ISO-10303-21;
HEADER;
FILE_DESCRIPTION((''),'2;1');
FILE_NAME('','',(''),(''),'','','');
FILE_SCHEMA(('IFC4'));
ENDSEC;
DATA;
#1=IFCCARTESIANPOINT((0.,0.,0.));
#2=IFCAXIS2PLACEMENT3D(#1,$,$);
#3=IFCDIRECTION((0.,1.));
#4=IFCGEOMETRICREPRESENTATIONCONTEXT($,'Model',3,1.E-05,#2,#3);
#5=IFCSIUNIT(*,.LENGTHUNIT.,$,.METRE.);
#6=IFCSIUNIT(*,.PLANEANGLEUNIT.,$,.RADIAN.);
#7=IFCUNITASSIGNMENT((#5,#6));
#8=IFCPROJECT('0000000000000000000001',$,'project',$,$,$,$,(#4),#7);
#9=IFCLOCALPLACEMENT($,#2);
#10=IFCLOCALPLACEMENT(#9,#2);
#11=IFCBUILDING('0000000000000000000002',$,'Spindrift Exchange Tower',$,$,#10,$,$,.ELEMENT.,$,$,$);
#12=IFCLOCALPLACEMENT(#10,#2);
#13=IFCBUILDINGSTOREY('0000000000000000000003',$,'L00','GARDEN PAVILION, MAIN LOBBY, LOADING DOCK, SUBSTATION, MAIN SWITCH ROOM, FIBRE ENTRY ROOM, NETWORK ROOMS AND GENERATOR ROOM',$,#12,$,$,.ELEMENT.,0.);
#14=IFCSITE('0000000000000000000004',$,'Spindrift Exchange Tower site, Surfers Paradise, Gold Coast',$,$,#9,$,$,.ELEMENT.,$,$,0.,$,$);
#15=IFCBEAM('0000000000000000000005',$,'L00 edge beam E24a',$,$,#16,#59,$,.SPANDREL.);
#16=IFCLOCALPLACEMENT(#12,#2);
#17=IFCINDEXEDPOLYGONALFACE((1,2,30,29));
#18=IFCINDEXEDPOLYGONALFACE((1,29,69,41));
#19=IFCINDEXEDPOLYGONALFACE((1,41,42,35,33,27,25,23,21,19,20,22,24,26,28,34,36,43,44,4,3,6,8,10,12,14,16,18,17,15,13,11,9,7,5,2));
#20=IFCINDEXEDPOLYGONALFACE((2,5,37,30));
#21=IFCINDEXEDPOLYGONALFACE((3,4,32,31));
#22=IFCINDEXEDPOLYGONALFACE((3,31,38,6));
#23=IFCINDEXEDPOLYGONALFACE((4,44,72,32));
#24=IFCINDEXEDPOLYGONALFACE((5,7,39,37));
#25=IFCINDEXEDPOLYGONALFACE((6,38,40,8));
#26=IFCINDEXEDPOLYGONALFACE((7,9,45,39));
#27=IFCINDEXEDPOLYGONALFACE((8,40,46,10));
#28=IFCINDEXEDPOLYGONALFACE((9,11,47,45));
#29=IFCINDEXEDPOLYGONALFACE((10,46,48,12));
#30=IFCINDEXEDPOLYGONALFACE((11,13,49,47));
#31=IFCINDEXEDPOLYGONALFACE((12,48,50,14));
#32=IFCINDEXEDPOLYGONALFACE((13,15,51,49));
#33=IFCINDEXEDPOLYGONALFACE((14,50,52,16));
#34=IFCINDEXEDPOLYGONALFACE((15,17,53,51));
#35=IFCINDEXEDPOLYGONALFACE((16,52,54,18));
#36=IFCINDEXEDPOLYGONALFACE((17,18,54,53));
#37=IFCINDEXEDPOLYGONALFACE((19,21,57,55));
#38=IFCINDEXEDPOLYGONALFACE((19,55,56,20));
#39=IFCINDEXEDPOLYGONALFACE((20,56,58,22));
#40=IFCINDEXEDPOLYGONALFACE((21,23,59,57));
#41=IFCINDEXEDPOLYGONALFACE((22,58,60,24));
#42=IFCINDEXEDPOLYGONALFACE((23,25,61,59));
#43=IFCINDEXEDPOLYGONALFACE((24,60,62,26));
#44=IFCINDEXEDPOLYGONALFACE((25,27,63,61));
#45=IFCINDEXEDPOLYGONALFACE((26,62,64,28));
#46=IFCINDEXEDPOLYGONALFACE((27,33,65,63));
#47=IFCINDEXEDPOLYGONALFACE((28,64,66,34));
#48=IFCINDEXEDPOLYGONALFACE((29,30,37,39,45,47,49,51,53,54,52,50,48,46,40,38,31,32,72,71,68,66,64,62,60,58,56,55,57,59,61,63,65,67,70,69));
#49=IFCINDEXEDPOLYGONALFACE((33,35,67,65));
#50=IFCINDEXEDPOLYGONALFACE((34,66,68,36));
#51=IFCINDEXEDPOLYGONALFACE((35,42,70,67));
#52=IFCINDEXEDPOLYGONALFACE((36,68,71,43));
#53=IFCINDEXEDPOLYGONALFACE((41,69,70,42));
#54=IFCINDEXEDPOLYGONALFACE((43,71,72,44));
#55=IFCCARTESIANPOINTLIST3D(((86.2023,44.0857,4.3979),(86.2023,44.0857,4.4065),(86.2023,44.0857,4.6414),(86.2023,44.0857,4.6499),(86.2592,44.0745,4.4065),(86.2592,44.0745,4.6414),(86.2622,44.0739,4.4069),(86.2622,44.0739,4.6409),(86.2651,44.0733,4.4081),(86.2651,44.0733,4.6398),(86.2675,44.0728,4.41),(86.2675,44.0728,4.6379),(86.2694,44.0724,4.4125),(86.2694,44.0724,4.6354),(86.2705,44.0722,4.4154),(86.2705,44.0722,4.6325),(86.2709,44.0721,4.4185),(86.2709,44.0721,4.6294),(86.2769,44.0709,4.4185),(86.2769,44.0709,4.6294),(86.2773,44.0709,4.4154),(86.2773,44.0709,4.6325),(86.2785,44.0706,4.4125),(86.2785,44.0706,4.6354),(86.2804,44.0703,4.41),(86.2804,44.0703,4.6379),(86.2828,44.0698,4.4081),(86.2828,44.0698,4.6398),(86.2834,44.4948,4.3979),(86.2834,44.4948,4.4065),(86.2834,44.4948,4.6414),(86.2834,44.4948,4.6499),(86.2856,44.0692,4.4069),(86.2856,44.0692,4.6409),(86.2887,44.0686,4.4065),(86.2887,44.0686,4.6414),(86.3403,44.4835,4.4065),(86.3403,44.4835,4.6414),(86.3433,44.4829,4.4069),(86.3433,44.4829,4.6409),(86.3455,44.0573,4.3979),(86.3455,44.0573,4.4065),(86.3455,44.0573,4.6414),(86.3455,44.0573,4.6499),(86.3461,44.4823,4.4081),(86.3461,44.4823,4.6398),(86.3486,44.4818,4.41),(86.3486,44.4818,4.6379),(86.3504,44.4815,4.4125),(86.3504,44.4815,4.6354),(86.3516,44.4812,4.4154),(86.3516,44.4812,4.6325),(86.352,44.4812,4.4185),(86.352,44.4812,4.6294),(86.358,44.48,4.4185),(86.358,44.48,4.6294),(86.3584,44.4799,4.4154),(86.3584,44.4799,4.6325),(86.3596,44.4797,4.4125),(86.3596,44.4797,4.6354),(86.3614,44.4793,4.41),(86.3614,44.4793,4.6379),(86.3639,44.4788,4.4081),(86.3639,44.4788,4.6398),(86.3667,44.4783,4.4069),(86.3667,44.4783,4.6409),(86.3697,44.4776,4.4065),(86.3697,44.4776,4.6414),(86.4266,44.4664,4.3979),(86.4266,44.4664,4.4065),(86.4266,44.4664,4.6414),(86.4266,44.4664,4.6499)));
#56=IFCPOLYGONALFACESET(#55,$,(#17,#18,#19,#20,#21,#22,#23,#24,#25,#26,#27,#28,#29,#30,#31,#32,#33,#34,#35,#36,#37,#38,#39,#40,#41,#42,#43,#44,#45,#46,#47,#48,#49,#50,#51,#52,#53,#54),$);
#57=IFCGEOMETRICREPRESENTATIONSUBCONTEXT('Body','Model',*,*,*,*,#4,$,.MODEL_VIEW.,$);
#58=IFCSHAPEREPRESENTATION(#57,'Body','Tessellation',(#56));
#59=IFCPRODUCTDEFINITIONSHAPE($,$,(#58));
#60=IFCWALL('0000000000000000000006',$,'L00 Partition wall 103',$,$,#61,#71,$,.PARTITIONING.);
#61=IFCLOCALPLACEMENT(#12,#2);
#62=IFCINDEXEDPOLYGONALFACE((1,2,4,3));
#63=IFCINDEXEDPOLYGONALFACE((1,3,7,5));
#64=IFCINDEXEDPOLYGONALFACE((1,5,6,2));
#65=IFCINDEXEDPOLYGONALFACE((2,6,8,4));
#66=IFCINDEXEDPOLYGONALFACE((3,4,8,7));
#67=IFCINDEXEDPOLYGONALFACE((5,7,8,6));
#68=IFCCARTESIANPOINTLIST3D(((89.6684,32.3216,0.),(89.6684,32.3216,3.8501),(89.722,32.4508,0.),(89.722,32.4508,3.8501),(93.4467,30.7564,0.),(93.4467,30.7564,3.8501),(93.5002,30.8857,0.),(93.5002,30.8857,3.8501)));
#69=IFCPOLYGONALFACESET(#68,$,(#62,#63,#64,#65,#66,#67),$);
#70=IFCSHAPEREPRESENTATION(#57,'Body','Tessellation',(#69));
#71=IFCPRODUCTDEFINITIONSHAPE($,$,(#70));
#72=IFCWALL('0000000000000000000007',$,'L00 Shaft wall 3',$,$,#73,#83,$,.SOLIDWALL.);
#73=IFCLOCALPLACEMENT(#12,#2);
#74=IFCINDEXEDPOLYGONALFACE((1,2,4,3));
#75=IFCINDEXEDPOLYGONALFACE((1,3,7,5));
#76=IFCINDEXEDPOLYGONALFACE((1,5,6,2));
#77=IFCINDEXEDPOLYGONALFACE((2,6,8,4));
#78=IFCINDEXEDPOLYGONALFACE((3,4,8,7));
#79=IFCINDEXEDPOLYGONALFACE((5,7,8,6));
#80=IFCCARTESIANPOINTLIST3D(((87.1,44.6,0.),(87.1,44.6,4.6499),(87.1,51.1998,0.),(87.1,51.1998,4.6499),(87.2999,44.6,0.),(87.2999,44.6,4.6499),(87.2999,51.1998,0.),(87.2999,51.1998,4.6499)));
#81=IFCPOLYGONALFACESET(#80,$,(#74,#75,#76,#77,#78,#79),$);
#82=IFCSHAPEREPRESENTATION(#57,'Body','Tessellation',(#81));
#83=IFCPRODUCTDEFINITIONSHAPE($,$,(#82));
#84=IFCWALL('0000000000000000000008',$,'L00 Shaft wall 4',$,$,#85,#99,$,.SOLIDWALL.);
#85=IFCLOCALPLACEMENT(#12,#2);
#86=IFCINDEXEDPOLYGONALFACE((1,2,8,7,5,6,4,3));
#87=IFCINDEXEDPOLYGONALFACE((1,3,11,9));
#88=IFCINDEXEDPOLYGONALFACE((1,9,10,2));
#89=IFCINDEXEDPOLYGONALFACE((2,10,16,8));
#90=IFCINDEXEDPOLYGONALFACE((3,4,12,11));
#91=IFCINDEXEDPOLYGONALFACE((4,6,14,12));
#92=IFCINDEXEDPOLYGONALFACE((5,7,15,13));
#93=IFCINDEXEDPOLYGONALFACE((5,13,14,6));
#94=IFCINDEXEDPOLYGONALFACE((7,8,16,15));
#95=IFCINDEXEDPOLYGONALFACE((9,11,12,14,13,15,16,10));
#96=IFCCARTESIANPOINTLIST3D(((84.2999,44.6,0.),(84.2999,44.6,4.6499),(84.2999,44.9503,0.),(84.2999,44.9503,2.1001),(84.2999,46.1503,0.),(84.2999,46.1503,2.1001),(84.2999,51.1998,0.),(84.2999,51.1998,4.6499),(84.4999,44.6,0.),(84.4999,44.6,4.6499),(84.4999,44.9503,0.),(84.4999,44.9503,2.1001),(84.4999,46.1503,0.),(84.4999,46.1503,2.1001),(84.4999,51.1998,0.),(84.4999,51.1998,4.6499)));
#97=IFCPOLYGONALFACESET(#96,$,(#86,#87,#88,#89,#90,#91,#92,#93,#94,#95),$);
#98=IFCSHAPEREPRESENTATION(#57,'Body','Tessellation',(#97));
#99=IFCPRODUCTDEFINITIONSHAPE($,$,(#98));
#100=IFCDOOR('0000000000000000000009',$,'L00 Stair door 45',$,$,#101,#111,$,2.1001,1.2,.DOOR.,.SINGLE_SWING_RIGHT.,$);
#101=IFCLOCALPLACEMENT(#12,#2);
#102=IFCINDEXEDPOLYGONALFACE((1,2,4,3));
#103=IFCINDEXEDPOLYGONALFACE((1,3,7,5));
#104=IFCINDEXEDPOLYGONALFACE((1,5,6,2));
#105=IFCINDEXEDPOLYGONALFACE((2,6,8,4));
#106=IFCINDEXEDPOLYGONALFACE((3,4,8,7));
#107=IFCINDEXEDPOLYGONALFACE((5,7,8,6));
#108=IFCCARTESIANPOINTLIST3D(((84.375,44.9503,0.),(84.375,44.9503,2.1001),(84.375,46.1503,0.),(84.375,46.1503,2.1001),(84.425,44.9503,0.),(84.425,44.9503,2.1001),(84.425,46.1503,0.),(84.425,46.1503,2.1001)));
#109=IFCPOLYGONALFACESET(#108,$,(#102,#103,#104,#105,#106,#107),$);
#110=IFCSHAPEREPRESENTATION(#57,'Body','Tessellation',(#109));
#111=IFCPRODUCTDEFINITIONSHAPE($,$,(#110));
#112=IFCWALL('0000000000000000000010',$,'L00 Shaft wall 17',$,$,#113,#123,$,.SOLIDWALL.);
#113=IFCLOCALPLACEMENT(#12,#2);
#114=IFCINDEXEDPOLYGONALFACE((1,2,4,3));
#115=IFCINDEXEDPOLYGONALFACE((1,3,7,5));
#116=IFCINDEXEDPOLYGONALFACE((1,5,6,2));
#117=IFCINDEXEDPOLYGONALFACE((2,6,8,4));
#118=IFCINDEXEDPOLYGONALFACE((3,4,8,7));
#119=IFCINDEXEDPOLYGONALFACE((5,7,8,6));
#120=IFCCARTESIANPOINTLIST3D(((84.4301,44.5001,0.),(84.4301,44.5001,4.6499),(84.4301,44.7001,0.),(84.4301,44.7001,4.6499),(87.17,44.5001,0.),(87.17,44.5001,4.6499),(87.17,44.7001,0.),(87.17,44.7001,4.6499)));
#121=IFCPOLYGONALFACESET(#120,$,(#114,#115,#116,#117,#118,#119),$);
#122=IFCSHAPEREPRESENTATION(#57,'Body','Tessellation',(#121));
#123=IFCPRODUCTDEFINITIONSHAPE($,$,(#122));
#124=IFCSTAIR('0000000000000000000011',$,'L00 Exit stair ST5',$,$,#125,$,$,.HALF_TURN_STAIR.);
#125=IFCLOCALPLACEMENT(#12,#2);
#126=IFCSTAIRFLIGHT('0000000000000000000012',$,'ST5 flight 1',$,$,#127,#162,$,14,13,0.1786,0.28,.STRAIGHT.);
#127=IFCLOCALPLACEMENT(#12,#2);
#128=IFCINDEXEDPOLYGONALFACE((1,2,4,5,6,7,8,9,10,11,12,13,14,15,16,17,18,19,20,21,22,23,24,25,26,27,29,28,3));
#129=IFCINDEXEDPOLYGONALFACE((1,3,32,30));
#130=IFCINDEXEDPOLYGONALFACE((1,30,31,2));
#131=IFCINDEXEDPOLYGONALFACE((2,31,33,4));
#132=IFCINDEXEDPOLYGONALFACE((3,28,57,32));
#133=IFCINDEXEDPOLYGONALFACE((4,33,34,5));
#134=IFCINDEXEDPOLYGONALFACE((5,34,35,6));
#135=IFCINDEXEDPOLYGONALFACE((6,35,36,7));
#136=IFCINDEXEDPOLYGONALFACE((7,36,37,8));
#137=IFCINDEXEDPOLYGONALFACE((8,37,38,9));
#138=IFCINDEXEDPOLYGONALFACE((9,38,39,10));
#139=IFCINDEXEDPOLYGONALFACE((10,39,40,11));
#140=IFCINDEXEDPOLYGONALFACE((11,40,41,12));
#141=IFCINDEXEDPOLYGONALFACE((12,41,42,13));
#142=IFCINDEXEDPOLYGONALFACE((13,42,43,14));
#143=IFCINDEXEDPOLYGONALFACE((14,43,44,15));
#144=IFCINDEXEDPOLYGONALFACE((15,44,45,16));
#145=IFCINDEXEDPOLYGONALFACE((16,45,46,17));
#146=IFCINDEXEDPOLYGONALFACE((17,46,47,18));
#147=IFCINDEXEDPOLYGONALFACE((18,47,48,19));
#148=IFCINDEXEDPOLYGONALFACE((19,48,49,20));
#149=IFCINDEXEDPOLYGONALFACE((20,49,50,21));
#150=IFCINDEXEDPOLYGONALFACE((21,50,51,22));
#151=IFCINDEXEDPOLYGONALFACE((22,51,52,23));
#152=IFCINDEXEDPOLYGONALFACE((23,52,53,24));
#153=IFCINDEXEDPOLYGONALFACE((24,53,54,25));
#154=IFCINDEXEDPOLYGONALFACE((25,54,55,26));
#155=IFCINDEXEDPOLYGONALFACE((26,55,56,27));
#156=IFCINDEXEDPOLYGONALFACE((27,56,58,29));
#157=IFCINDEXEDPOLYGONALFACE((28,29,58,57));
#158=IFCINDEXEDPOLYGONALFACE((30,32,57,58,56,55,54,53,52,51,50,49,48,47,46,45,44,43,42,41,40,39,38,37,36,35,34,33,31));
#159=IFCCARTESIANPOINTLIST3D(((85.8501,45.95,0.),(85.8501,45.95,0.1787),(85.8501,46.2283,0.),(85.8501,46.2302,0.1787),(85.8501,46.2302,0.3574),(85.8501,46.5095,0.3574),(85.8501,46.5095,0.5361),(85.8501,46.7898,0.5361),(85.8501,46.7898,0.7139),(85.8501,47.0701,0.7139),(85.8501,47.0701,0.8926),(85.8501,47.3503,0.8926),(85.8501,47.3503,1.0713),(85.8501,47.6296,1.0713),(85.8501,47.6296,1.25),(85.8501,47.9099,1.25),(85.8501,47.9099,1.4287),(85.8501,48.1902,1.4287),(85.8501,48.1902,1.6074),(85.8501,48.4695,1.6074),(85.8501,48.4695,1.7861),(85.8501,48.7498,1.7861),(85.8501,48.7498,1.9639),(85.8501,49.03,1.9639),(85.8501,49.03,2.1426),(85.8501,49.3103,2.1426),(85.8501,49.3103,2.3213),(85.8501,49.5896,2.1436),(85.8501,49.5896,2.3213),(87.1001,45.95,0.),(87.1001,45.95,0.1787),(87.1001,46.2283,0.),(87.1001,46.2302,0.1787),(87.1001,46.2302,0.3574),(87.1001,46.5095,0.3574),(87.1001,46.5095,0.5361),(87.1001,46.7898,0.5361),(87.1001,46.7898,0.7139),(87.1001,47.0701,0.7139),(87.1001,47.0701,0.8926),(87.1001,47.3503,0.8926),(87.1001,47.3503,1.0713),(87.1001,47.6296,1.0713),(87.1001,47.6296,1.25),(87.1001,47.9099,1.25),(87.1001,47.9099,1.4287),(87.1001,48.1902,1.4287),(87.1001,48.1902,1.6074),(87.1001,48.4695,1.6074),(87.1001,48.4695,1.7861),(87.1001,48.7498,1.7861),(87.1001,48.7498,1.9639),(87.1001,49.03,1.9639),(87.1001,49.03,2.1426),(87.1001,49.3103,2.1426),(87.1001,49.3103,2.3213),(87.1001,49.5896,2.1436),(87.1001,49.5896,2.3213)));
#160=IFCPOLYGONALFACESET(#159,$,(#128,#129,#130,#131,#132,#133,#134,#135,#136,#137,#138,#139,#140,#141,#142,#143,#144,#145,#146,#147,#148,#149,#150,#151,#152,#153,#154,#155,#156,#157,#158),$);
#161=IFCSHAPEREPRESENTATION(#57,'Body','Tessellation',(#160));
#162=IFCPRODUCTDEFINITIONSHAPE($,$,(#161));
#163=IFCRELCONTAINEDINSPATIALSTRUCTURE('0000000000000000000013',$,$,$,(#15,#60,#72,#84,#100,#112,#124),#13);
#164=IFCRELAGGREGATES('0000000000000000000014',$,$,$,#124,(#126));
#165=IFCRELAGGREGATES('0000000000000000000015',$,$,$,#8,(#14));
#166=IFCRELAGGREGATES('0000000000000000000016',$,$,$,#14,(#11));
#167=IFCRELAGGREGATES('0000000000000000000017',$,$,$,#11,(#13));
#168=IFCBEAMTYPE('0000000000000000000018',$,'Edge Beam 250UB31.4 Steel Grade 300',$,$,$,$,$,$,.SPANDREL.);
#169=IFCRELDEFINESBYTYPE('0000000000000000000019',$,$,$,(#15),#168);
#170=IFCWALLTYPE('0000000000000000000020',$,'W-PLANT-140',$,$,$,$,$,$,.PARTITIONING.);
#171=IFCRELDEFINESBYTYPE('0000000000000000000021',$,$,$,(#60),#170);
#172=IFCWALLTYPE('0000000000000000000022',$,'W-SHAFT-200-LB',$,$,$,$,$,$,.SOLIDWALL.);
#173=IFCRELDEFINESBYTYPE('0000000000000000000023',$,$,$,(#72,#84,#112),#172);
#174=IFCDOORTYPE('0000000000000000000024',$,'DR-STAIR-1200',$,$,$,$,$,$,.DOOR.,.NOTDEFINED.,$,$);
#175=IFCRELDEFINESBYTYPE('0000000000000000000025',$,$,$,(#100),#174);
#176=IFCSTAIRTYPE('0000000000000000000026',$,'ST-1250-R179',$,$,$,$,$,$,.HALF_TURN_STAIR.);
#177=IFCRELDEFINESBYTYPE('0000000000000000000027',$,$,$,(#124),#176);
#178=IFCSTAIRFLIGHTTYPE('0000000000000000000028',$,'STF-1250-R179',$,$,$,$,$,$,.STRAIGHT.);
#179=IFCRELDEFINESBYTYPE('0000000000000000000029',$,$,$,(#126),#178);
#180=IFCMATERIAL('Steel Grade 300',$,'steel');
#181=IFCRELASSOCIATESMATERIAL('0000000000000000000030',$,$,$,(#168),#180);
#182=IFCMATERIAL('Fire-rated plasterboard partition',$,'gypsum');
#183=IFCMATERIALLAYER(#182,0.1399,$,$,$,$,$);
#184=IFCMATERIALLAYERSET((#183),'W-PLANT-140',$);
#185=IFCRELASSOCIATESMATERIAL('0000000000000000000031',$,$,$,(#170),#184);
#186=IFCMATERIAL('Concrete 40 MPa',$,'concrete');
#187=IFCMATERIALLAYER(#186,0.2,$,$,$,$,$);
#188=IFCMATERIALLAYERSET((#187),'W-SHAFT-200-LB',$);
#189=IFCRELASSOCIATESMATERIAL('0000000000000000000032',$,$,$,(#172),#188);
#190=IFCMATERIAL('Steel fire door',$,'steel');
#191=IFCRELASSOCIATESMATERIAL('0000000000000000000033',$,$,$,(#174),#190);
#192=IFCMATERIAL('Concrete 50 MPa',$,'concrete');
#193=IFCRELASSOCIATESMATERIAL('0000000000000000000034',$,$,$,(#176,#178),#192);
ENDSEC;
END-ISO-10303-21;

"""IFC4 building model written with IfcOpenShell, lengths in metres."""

from ifc_helpers import new_model, si_unit, direction, frame, frame_2d, origin, origin_2d, place, context, subcontext, project, spatial, line, indexed_curve, rectangle, i_section, outline, extrude, source, transform, mapped, material, layer, layer_set, material_profile, profile_set, type_object, element, fill, aggregate, save


model = new_model("IFC4")

# Units and contexts
model_context = context("Model", 3, precision=1e-05, world=origin(), true_north=direction((0.0, 1.0)))
body_context = subcontext(model_context, "Body", "Model", "MODEL_VIEW")
ifc_project = project(units=[si_unit("LENGTHUNIT", "METRE"), si_unit("PLANEANGLEUNIT", "RADIAN")], contexts=[model_context])

# Site, building, storey
site_placement = place(None, origin())
site = spatial("IfcSite", under=ifc_project, at=site_placement, Name="Spindrift Exchange Tower site, Surfers Paradise, Gold Coast", CompositionType="ELEMENT", RefElevation=0.0)
building_placement = place(site_placement, origin())
building = spatial("IfcBuilding", under=site, at=building_placement, Name="Spindrift Exchange Tower", CompositionType="ELEMENT")
storey_placement = place(building_placement, origin())
storey = spatial("IfcBuildingStorey", under=building, at=storey_placement, Name="L00", Description="GARDEN PAVILION, MAIN LOBBY, LOADING DOCK, SUBSTATION, MAIN SWITCH ROOM, FIBRE ENTRY ROOM, NETWORK ROOMS AND GENERATOR ROOM", CompositionType="ELEMENT", Elevation=0.0)

# Shared definitions
ifc_material_1 = material(Name="Concrete 40 MPa", Category="concrete")

# Shared definitions
ifc_material_2 = material(Name="Concrete 50 MPa", Category="concrete")

# Beam
ifc_material_3 = material(Name="Steel Grade 300", Category="steel")
ifc_material_profile_1 = material_profile(ifc_material_3, i_section(OverallWidth=0.146, OverallDepth=0.252, WebThickness=0.0061, FlangeThickness=0.0085, FilletRadius=0.012, at=origin_2d()), Name="250UB31.4")
ifc_profile_set_1 = profile_set([ifc_material_profile_1], Name="Steel Grade 300")
beam_type_1 = type_object("IfcBeamType", Name="Edge Beam 250UB31.4 Steel Grade 300", PredefinedType="SPANDREL", material=ifc_profile_set_1)
shared_shape_1 = source(origin(), body_context, "Body", "SweptSolid", [
    extrude(i_section(OverallWidth=0.146, OverallDepth=0.252, WebThickness=0.0061, FlangeThickness=0.0085, FilletRadius=0.012, at=origin_2d()), origin(), (0.0, 0.0, 1.0), 0.417),
])
beam_1_placement = place(storey_placement, frame((86.2739, 44.0715, 4.5239), z_axis=(0.194427, 0.980917, 0.0), x_axis=(-0.980917, 0.194427, 0.0)))
element("IfcBeam", 1, at=beam_1_placement, inside=storey, type_object=beam_type_1, Name="L00 edge beam E24a", PredefinedType="SPANDREL", context=body_context, shape_type="MappedRepresentation", body=[
    mapped(shared_shape_1, transform((0.0, 0.0, 0.0), scale=1.0)),
])

# Walls
ifc_material_4 = material(Name="Fire-rated plasterboard partition", Category="gypsum")
ifc_layer_1 = layer(ifc_material_4, 0.1399)
ifc_layer_set_1 = layer_set([ifc_layer_1], Name="W-PLANT-140")
wall_type_1 = type_object("IfcWallType", Name="W-PLANT-140", PredefinedType="PARTITIONING", material=ifc_layer_set_1)
wall_1_placement = place(storey_placement, frame((89.6951, 32.3862, 0.0), z_axis=(0.0, 0.0, 1.0), x_axis=(0.923866, -0.382716, 0.0)))
element("IfcWall", 2, at=wall_1_placement, inside=storey, type_object=wall_type_1, Name="L00 Partition wall 103", PredefinedType="PARTITIONING", context=body_context, shape_type="SweptSolid", body=[
    extrude(rectangle(XDim=4.0896, YDim=0.1399, at=frame_2d((2.0449, 0.0))), origin(), (0.0, 0.0, 1.0), 3.8501),
])
ifc_layer_2 = layer(ifc_material_1, 0.2)
ifc_layer_set_2 = layer_set([ifc_layer_2], Name="W-SHAFT-200-LB")
wall_type_2 = type_object("IfcWallType", Name="W-SHAFT-200-LB", PredefinedType="SOLIDWALL", material=ifc_layer_set_2)
wall_2_placement = place(storey_placement, frame((87.2, 44.6001, 0.0), z_axis=(0.0, 0.0, 1.0), x_axis=(0.0, 1.0, 0.0)))
element("IfcWall", 3, at=wall_2_placement, inside=storey, type_object=wall_type_2, Name="L00 Shaft wall 3", PredefinedType="SOLIDWALL", context=body_context, shape_type="SweptSolid", body=[
    extrude(rectangle(XDim=6.5999, YDim=0.2, at=frame_2d((3.2998, 0.0))), origin(), (0.0, 0.0, 1.0), 4.6499),
])

# Wall, opening, door
wall_3_placement = place(storey_placement, frame((84.3999, 44.6001, 0.0), z_axis=(0.0, 0.0, 1.0), x_axis=(0.0, 1.0, 0.0)))
wall_3 = element("IfcWall", 4, at=wall_3_placement, inside=storey, type_object=wall_type_2, Name="L00 Shaft wall 4", PredefinedType="SOLIDWALL", context=body_context, shape_type="SweptSolid", body=[
    extrude(rectangle(XDim=6.5999, YDim=0.2, at=frame_2d((3.2998, 0.0))), origin(), (0.0, 0.0, 1.0), 4.6499),
])
opening_placement = place(wall_3_placement, frame((0.3501, 0.0, 0.0)))
opening = element("IfcOpeningElement", 5, at=opening_placement, cuts=wall_3, PredefinedType="OPENING", context=body_context, shape_type="SweptSolid", body=[
    extrude(rectangle(XDim=1.2, YDim=2.1001, at=frame_2d((0.6001, 1.05))), frame((0.0, 0.1099, 0.0), z_axis=(0.0, -1.0, 0.0), x_axis=(1.0, 0.0, 0.0)), (0.0, 0.0, 1.0), 0.22),
])
ifc_material_5 = material(Name="Steel fire door", Category="steel")
door_type = type_object("IfcDoorType", Name="DR-STAIR-1200", OperationType="NOTDEFINED", PredefinedType="DOOR", material=ifc_material_5)
shared_shape_2 = source(origin(), body_context, "Body", "SweptSolid", [
    extrude(rectangle(XDim=1.2, YDim=2.1001, at=frame_2d((0.6001, 1.05))), frame((0.0, 0.0249, 0.0), z_axis=(0.0, -1.0, 0.0), x_axis=(1.0, 0.0, 0.0)), (0.0, 0.0, 1.0), 0.05),
])
door_placement = place(opening_placement, origin())
door = element("IfcDoor", 6, at=door_placement, inside=storey, type_object=door_type, Name="L00 Stair door 45", OperationType="SINGLE_SWING_RIGHT", OverallHeight=2.1001, OverallWidth=1.2, PredefinedType="DOOR", context=body_context, shape_type="MappedRepresentation", body=[
    mapped(shared_shape_2, transform((0.0, 0.0, 0.0), scale=1.0)),
])
fill(opening, door)

# Wall
wall_4_placement = place(storey_placement, frame((84.4299, 44.6001, 0.0), z_axis=(0.0, 0.0, 1.0), x_axis=(1.0, 0.0, 0.0)))
element("IfcWall", 7, at=wall_4_placement, inside=storey, type_object=wall_type_2, Name="L00 Shaft wall 17", PredefinedType="SOLIDWALL", context=body_context, shape_type="SweptSolid", body=[
    extrude(rectangle(XDim=2.74, YDim=0.2, at=frame_2d((1.3701, 0.0))), origin(), (0.0, 0.0, 1.0), 4.6499),
])

# Stair, stair flight
stair_type = type_object("IfcStairType", Name="ST-1250-R179", PredefinedType="HALF_TURN_STAIR", material=ifc_material_2)
stair_placement = place(storey_placement, origin())
stair = element("IfcStair", 8, at=stair_placement, inside=storey, type_object=stair_type, Name="L00 Exit stair ST5", PredefinedType="HALF_TURN_STAIR")
stair_flight_type = type_object("IfcStairFlightType", Name="STF-1250-R179", PredefinedType="STRAIGHT", material=ifc_material_2)
stair_flight_placement = place(storey_placement, frame((86.4751, 45.95, 0.0), z_axis=(0.0, 0.0, 1.0), x_axis=(0.0, 1.0, 0.0)))
stair_flight = element("IfcStairFlight", 9, at=stair_flight_placement, type_object=stair_flight_type, Name="ST5 flight 1", NumberOfRisers=14, NumberOfTreads=13, PredefinedType="STRAIGHT", RiserHeight=0.1786, TreadLength=0.28, context=body_context, shape_type="SweptSolid", body=[
    extrude(outline(indexed_curve([(0.0, 0.0), (0.0, 0.1787), (0.2803, 0.1787), (0.2803, 0.3574), (0.5596, 0.3574), (0.5596, 0.5361), (0.8398, 0.5361), (0.8398, 0.7139), (1.1201, 0.7139), (1.1201, 0.8926), (1.4004, 0.8926), (1.4004, 1.0713), (1.6797, 1.0713), (1.6797, 1.25), (1.96, 1.25), (1.96, 1.4287), (2.2402, 1.4287), (2.2402, 1.6074), (2.5195, 1.6074), (2.5195, 1.7861), (2.7998, 1.7861), (2.7998, 1.9639), (3.0801, 1.9639), (3.0801, 2.1426), (3.3604, 2.1426), (3.3604, 2.3213), (3.6396, 2.3213), (3.6396, 2.5), (3.6396, 2.1436), (0.2783, 0.0)], segments=[line(1, 2, 3, 4, 5, 6, 7, 8, 9, 10, 11, 12, 13, 14, 15, 16, 17, 18, 19, 20, 21, 22, 23, 24, 25, 26, 27, 28, 29, 30, 1)], self_intersect=False)), frame((0.0, 0.625, 0.0), z_axis=(0.0, -1.0, 0.0), x_axis=(1.0, 0.0, 0.0)), (0.0, 0.0, 1.0), 1.25),
])
aggregate(stair, [stair_flight])

save(model, "model.ifc")
